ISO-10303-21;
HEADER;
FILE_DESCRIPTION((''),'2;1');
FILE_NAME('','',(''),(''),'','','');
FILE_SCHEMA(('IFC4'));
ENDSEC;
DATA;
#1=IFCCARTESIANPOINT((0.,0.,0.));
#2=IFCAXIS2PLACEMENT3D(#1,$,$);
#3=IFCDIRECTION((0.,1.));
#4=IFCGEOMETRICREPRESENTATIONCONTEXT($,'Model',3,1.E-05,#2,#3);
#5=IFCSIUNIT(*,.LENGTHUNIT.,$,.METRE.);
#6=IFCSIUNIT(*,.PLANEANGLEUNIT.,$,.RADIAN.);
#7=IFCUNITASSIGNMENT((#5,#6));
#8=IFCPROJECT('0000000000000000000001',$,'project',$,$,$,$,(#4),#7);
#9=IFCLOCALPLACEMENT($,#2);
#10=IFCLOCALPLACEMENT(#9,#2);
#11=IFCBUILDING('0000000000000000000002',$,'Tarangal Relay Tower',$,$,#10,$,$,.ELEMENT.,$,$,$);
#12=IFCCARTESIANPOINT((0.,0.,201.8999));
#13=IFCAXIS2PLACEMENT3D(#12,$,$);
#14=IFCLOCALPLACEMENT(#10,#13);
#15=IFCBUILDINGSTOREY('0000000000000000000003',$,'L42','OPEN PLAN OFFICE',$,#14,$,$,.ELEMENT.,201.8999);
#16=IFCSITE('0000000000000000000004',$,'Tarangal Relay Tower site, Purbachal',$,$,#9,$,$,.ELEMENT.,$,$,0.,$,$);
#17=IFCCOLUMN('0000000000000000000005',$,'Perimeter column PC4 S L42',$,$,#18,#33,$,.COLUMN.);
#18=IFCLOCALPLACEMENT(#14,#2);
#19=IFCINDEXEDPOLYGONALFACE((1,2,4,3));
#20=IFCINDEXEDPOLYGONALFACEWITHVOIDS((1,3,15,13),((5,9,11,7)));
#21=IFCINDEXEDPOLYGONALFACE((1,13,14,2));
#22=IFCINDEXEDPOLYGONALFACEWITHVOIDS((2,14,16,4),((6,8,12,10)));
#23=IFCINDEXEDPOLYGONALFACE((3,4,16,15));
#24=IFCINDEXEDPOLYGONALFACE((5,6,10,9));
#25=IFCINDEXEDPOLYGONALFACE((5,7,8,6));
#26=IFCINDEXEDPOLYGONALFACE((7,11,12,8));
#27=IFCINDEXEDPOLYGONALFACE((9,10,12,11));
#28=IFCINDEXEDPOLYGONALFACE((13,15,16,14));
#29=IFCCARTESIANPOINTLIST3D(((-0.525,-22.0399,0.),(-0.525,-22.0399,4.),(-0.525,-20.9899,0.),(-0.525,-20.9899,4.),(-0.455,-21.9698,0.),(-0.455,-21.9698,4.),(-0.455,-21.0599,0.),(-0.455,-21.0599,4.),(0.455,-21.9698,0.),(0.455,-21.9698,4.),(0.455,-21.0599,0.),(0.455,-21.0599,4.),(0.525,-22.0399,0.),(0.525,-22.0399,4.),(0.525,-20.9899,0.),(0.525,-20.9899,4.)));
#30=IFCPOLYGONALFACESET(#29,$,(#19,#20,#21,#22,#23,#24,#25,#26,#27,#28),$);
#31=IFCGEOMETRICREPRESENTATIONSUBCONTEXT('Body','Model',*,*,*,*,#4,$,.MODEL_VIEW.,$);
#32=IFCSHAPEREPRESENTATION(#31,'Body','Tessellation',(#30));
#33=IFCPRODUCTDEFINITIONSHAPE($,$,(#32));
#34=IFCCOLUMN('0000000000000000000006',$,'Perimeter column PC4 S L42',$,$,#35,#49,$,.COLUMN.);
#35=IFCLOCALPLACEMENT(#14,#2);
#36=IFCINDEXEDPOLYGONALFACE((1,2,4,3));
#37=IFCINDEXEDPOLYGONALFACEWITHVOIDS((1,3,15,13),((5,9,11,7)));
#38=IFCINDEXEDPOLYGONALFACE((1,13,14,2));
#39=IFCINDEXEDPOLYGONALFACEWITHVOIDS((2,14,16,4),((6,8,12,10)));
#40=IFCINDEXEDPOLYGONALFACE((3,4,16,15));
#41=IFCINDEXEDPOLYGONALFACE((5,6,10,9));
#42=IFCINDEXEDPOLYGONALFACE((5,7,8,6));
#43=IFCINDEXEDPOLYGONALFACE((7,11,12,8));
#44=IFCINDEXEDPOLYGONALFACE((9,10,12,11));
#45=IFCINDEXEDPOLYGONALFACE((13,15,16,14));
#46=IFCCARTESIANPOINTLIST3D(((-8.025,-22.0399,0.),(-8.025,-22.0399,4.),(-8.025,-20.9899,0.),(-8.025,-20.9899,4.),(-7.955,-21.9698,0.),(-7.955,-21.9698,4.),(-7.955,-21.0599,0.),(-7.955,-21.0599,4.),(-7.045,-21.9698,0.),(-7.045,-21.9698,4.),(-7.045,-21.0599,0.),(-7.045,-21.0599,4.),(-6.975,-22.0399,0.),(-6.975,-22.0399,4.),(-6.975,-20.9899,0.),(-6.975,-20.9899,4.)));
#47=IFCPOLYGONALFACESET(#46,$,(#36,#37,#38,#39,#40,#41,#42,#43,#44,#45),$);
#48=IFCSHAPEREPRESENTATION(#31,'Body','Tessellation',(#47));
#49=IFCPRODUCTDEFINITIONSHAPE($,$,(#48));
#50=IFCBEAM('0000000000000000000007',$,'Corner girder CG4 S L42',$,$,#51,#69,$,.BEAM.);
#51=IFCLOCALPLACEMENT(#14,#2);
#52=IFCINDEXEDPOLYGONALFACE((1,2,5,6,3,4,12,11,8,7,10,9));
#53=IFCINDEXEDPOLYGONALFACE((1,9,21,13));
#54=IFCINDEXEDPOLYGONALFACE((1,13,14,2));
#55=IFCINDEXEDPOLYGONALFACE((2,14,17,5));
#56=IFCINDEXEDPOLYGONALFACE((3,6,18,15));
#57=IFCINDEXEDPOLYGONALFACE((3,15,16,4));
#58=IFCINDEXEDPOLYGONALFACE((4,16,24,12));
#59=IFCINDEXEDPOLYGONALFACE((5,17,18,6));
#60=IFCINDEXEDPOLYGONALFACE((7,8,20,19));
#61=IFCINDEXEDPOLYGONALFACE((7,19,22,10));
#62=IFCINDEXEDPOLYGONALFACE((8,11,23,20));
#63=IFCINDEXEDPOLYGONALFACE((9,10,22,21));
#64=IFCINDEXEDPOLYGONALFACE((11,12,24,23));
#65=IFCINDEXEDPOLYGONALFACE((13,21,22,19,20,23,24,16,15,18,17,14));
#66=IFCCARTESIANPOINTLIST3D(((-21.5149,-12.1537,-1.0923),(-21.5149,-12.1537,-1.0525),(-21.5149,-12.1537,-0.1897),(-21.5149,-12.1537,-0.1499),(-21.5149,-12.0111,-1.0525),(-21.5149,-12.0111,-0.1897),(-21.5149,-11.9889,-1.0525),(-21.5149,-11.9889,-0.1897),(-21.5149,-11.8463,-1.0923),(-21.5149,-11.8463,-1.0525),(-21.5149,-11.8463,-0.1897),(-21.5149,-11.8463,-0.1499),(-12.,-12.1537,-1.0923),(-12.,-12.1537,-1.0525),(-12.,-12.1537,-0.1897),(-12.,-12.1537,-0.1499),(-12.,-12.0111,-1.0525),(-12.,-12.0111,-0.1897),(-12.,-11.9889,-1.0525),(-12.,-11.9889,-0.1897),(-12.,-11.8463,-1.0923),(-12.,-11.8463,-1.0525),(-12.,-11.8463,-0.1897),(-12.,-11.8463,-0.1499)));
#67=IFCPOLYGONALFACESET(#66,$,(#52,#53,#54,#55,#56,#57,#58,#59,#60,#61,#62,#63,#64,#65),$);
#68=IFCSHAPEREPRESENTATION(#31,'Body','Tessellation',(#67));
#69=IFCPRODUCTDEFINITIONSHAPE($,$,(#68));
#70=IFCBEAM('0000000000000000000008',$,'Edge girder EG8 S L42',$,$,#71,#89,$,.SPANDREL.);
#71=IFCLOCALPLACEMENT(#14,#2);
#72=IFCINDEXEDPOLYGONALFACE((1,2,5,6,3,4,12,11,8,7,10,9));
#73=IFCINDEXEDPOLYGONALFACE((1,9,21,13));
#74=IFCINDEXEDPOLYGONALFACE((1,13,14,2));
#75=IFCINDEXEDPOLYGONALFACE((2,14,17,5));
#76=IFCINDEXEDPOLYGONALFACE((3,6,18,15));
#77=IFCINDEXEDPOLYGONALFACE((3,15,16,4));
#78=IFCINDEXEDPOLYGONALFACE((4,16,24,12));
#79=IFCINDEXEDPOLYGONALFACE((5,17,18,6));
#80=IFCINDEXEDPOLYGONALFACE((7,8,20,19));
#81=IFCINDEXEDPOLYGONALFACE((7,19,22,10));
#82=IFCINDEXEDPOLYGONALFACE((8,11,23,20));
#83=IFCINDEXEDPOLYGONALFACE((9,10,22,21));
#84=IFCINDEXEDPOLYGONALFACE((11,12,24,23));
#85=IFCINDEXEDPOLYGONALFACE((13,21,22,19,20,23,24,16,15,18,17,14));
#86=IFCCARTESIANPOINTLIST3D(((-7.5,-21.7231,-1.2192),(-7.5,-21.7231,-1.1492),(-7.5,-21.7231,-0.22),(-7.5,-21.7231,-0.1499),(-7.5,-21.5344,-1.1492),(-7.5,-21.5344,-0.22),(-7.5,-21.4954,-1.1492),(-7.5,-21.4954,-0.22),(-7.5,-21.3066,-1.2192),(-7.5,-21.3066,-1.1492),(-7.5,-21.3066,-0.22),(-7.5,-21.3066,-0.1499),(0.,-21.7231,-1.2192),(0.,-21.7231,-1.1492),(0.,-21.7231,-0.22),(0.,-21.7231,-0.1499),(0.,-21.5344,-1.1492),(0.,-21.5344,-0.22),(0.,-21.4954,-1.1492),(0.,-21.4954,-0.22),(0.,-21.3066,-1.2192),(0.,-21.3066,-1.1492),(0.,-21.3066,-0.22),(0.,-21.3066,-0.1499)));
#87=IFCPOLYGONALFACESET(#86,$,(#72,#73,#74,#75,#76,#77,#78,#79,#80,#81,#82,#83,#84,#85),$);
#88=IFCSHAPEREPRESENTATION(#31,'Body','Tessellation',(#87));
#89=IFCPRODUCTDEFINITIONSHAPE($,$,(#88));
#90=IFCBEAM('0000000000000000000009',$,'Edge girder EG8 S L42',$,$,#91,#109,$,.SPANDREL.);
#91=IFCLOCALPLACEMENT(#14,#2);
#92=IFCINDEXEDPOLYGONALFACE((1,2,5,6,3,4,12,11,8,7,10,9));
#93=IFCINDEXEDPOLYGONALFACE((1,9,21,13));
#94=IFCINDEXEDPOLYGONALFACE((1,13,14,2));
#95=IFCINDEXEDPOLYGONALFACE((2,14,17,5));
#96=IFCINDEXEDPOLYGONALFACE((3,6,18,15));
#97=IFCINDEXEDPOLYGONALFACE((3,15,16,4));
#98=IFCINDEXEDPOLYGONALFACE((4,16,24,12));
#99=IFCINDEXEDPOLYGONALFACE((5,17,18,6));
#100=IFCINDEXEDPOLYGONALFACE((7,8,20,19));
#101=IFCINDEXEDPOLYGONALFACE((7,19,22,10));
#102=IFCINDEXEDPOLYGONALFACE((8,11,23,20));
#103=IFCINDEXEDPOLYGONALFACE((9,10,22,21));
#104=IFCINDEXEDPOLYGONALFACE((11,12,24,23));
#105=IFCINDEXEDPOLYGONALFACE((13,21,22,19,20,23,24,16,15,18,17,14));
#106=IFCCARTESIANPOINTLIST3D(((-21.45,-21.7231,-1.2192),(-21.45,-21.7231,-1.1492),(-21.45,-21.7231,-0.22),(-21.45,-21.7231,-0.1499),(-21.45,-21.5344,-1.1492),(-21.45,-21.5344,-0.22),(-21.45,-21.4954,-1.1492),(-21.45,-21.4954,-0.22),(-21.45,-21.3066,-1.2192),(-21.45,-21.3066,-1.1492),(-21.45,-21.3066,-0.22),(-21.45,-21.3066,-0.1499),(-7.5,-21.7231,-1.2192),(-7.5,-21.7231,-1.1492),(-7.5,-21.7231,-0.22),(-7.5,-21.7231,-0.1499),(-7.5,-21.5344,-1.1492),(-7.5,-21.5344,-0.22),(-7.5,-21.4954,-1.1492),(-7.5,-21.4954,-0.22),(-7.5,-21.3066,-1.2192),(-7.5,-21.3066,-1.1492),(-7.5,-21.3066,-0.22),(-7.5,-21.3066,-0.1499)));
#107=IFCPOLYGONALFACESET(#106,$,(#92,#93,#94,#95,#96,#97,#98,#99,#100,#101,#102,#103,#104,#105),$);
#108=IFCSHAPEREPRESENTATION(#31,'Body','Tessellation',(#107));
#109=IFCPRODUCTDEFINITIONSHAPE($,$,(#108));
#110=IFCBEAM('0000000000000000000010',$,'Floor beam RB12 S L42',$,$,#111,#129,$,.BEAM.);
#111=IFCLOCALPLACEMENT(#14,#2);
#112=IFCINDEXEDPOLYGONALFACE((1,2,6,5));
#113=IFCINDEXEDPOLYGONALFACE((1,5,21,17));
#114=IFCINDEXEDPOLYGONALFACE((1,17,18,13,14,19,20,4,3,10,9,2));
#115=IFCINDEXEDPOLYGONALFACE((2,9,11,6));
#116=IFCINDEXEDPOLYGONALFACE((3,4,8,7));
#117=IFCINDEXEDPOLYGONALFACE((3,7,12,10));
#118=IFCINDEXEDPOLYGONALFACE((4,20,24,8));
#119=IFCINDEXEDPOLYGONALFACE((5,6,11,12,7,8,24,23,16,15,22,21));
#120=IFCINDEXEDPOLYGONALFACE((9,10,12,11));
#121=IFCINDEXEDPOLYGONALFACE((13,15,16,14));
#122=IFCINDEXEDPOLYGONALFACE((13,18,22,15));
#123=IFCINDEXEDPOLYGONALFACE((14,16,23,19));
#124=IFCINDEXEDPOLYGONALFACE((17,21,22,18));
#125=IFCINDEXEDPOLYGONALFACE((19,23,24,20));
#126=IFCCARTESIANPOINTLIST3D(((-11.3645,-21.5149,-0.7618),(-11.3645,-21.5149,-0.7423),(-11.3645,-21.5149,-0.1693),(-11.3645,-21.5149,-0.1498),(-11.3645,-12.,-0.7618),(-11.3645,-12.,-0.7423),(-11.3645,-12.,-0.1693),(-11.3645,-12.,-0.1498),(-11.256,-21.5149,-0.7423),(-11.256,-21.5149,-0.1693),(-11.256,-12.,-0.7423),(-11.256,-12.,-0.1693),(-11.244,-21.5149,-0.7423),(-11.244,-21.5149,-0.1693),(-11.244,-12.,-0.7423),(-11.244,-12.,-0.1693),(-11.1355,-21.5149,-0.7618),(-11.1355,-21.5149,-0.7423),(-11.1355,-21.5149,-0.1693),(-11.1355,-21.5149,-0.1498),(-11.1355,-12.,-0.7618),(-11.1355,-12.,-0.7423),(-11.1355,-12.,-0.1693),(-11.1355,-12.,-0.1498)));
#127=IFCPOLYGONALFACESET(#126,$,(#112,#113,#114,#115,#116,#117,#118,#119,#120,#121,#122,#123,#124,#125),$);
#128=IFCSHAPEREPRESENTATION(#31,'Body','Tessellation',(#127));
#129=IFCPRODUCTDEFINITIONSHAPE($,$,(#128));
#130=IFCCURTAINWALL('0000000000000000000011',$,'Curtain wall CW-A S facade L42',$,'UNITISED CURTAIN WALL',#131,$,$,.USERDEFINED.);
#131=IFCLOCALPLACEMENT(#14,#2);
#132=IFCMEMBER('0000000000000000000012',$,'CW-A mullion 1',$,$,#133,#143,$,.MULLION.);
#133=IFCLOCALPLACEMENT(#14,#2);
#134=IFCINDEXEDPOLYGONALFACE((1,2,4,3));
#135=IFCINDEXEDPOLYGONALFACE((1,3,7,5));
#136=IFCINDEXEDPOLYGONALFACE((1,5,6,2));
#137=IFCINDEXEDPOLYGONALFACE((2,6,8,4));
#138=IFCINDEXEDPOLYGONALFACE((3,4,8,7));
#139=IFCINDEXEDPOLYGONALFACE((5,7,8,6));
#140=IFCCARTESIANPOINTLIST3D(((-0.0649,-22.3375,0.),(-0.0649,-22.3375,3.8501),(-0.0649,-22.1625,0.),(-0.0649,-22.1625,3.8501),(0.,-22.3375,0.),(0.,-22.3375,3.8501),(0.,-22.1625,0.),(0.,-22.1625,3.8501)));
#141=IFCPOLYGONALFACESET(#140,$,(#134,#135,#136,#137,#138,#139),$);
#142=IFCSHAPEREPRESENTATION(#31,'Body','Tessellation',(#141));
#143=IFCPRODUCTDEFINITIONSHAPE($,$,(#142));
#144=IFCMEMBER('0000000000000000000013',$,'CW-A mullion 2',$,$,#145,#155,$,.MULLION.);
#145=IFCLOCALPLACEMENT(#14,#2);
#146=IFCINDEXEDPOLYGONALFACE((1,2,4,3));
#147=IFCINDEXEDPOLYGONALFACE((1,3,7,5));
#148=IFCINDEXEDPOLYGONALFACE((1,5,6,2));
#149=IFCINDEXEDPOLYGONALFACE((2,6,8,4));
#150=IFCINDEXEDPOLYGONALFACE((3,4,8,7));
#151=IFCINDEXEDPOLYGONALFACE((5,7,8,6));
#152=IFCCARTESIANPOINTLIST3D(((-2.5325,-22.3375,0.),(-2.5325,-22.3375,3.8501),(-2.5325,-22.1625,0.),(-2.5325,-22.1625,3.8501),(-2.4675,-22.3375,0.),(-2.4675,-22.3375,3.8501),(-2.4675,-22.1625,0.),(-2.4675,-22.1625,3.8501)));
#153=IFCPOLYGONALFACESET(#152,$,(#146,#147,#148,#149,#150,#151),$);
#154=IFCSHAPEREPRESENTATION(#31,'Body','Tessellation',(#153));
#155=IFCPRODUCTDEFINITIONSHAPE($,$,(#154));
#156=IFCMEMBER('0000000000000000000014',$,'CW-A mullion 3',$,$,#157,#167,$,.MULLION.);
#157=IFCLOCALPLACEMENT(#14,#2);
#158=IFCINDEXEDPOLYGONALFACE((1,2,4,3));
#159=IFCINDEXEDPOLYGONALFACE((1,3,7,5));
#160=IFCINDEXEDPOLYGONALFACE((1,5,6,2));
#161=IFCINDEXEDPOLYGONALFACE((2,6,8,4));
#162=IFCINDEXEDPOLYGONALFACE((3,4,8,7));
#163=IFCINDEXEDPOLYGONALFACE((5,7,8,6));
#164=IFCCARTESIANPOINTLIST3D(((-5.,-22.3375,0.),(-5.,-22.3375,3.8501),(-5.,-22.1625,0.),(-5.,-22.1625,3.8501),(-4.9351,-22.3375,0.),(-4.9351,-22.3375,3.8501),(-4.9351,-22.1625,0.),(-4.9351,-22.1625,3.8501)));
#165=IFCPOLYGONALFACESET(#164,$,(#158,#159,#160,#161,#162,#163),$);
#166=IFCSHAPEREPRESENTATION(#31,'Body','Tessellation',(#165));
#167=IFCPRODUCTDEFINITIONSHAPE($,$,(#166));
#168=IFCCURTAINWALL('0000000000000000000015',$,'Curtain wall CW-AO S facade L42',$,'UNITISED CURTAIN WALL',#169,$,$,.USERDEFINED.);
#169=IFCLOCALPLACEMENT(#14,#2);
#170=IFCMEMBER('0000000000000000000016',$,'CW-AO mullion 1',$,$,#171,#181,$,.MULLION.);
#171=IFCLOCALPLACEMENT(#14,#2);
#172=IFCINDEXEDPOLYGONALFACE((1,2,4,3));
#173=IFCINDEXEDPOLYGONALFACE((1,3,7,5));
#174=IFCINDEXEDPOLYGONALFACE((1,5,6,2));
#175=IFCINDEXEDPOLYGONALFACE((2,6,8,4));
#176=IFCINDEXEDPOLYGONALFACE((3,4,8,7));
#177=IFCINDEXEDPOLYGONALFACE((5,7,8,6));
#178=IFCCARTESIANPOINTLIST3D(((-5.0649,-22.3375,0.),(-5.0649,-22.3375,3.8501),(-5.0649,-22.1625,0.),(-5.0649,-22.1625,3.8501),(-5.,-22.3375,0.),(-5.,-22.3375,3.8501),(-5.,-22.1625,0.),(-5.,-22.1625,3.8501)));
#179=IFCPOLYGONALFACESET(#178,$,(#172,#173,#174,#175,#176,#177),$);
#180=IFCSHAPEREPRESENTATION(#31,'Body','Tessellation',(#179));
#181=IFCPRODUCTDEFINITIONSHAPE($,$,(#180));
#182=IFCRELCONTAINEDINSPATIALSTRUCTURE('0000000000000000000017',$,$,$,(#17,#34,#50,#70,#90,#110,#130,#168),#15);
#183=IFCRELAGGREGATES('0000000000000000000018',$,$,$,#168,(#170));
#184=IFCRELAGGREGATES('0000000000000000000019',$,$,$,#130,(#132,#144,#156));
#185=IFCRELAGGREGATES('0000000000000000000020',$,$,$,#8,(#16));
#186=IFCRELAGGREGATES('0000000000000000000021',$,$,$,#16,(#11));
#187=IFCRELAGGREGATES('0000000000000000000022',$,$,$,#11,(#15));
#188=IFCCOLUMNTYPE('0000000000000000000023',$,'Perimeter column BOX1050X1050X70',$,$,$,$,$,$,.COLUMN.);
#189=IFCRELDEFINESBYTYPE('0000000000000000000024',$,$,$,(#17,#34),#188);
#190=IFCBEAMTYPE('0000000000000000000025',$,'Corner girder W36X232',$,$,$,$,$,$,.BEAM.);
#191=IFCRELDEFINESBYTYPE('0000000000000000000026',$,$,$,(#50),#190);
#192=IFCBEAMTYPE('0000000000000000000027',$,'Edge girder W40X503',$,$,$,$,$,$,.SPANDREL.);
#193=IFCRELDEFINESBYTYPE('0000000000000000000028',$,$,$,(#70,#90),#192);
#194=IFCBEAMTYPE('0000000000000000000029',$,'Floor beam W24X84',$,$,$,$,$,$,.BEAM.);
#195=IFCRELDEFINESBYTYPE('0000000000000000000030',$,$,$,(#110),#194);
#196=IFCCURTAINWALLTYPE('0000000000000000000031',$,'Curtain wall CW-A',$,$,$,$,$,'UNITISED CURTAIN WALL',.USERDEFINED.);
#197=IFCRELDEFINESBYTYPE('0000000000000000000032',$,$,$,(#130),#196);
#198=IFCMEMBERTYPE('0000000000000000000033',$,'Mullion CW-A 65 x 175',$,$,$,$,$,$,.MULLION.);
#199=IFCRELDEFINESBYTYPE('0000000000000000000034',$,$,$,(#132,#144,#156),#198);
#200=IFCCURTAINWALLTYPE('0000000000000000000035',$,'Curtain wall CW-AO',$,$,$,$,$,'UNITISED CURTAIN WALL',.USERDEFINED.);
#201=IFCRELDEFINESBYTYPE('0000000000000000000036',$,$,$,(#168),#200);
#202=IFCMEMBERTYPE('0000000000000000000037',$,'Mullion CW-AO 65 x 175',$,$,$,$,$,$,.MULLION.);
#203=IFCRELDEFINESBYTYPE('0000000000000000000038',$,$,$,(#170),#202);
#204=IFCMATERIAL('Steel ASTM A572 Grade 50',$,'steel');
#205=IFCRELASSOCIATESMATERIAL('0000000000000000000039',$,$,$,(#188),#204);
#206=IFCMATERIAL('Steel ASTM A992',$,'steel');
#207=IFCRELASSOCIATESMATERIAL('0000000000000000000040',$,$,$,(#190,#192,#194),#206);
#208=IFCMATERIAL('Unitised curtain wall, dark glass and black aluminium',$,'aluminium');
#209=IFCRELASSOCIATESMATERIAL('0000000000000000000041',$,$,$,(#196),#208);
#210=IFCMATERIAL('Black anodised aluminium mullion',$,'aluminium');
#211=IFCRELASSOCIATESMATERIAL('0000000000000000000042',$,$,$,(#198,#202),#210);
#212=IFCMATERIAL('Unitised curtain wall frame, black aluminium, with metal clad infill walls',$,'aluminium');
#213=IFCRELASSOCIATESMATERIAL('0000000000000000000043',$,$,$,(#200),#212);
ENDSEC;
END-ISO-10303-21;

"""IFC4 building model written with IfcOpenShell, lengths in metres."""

from ifc_helpers import new_model, si_unit, direction, frame, origin, origin_2d, place, context, subcontext, project, spatial, rectangle, hollow_rectangle, i_section, extrude, material, material_profile, profile_set, type_object, element, aggregate, save


model = new_model("IFC4")

# Units and contexts
model_context = context("Model", 3, precision=1e-05, world=origin(), true_north=direction((0.0, 1.0)))
body_context = subcontext(model_context, "Body", "Model", "MODEL_VIEW")
ifc_project = project(units=[si_unit("LENGTHUNIT", "METRE"), si_unit("PLANEANGLEUNIT", "RADIAN")], contexts=[model_context])

# Site, building, storey
site_placement = place(None, origin())
site = spatial("IfcSite", under=ifc_project, at=site_placement, Name="Tarangal Relay Tower site, Purbachal", CompositionType="ELEMENT", RefElevation=0.0)
building_placement = place(site_placement, origin())
building = spatial("IfcBuilding", under=site, at=building_placement, Name="Tarangal Relay Tower", CompositionType="ELEMENT")
storey_placement = place(building_placement, frame((0.0, 0.0, 201.8999)))
storey = spatial("IfcBuildingStorey", under=building, at=storey_placement, Name="L42", Description="OPEN PLAN OFFICE", CompositionType="ELEMENT", Elevation=201.8999)

# Columns
ifc_material_1 = material(Name="Steel ASTM A572 Grade 50", Category="steel")
ifc_material_profile_1 = material_profile(ifc_material_1, hollow_rectangle(XDim=1.05, YDim=1.05, WallThickness=0.0701, at=origin_2d()), Name="BOX1050X1050X70")
ifc_profile_set_1 = profile_set([ifc_material_profile_1], Name="Steel ASTM A572 Grade 50")
column_type = type_object("IfcColumnType", Name="Perimeter column BOX1050X1050X70", PredefinedType="COLUMN", material=ifc_profile_set_1)
for number, where, z_axis, x_axis, name in (
    (1, (0.0, -21.5149, 0.0), (0.0, 0.0, 1.0), (1.0, 0.0, 0.0), "Perimeter column PC4 S L42"),
    (2, (-7.5, -21.5149, 0.0), (0.0, 0.0, 1.0), (1.0, 0.0, 0.0), "Perimeter column PC4 S L42"),
):
    element("IfcColumn", number, at=place(storey_placement, frame(where, z_axis=z_axis, x_axis=x_axis)), inside=storey, type_object=column_type, Name=name, PredefinedType="COLUMN", context=body_context, shape_type="SweptSolid", body=[
        extrude(hollow_rectangle(XDim=1.05, YDim=1.05, WallThickness=0.0701, at=origin_2d()), origin(), (0.0, 0.0, 1.0), 4.0),
    ])

# Beams
ifc_material_2 = material(Name="Steel ASTM A992", Category="steel")
ifc_material_profile_2 = material_profile(ifc_material_2, i_section(OverallWidth=0.3074, OverallDepth=0.9424, WebThickness=0.0222, FlangeThickness=0.0398, at=origin_2d()), Name="W36X232")
ifc_profile_set_2 = profile_set([ifc_material_profile_2], Name="Steel ASTM A992")
beam_type_1 = type_object("IfcBeamType", Name="Corner girder W36X232", PredefinedType="BEAM", material=ifc_profile_set_2)
beam_1_placement = place(storey_placement, frame((-12.0, -12.0, -0.6211), z_axis=(-1.0, 0.0, 0.0), x_axis=(0.0, -1.0, 0.0)))
element("IfcBeam", 3, at=beam_1_placement, inside=storey, type_object=beam_type_1, Name="Corner girder CG4 S L42", PredefinedType="BEAM", context=body_context, shape_type="SweptSolid", body=[
    extrude(i_section(OverallWidth=0.3074, OverallDepth=0.9424, WebThickness=0.0222, FlangeThickness=0.0398, at=origin_2d()), origin(), (0.0, 0.0, 1.0), 9.5149),
])
ifc_material_profile_3 = material_profile(ifc_material_2, i_section(OverallWidth=0.4165, OverallDepth=1.0693, WebThickness=0.0391, FlangeThickness=0.0701, at=origin_2d()), Name="W40X503")
ifc_profile_set_3 = profile_set([ifc_material_profile_3], Name="Steel ASTM A992")
beam_type_2 = type_object("IfcBeamType", Name="Edge girder W40X503", PredefinedType="SPANDREL", material=ifc_profile_set_3)
beam_2_placement = place(storey_placement, frame((0.0, -21.5149, -0.6846), z_axis=(-1.0, 0.0, 0.0), x_axis=(0.0, -1.0, 0.0)))
element("IfcBeam", 4, at=beam_2_placement, inside=storey, type_object=beam_type_2, Name="Edge girder EG8 S L42", PredefinedType="SPANDREL", context=body_context, shape_type="SweptSolid", body=[
    extrude(i_section(OverallWidth=0.4165, OverallDepth=1.0693, WebThickness=0.0391, FlangeThickness=0.0701, at=origin_2d()), origin(), (0.0, 0.0, 1.0), 7.5),
])
beam_3_placement = place(storey_placement, frame((-7.5, -21.5149, -0.6846), z_axis=(-1.0, 0.0, 0.0), x_axis=(0.0, -1.0, 0.0)))
element("IfcBeam", 5, at=beam_3_placement, inside=storey, type_object=beam_type_2, Name="Edge girder EG8 S L42", PredefinedType="SPANDREL", context=body_context, shape_type="SweptSolid", body=[
    extrude(i_section(OverallWidth=0.4165, OverallDepth=1.0693, WebThickness=0.0391, FlangeThickness=0.0701, at=origin_2d()), origin(), (0.0, 0.0, 1.0), 13.95),
])
ifc_material_profile_4 = material_profile(ifc_material_2, i_section(OverallWidth=0.229, OverallDepth=0.6121, WebThickness=0.012, FlangeThickness=0.0195, at=origin_2d()), Name="W24X84")
ifc_profile_set_4 = profile_set([ifc_material_profile_4], Name="Steel ASTM A992")
beam_type_3 = type_object("IfcBeamType", Name="Floor beam W24X84", PredefinedType="BEAM", material=ifc_profile_set_4)
beam_4_placement = place(storey_placement, frame((-11.25, -12.0, -0.4558), z_axis=(0.0, -1.0, 0.0), x_axis=(1.0, 0.0, 0.0)))
element("IfcBeam", 6, at=beam_4_placement, inside=storey, type_object=beam_type_3, Name="Floor beam RB12 S L42", PredefinedType="BEAM", context=body_context, shape_type="SweptSolid", body=[
    extrude(i_section(OverallWidth=0.229, OverallDepth=0.6121, WebThickness=0.012, FlangeThickness=0.0195, at=origin_2d()), origin(), (0.0, 0.0, 1.0), 9.5149),
])

# Curtain walls, members
ifc_material_3 = material(Name="Unitised curtain wall, dark glass and black aluminium", Category="aluminium")
curtain_wall_type_1 = type_object("IfcCurtainWallType", Name="Curtain wall CW-A", ElementType="UNITISED CURTAIN WALL", PredefinedType="USERDEFINED", material=ifc_material_3)
curtain_wall_1_placement = place(storey_placement, origin())
curtain_wall_1 = element("IfcCurtainWall", 7, at=curtain_wall_1_placement, inside=storey, type_object=curtain_wall_type_1, Name="Curtain wall CW-A S facade L42", ObjectType="UNITISED CURTAIN WALL", PredefinedType="USERDEFINED")
ifc_material_4 = material(Name="Black anodised aluminium mullion", Category="aluminium")
ifc_material_profile_5 = material_profile(ifc_material_4, rectangle(XDim=0.175, YDim=0.0649, at=origin_2d()), Name="CW-AM 65X175")
ifc_profile_set_5 = profile_set([ifc_material_profile_5], Name="Black anodised aluminium mullion")
member_type_1 = type_object("IfcMemberType", Name="Mullion CW-A 65 x 175", PredefinedType="MULLION", material=ifc_profile_set_5)
member_1_placement = place(storey_placement, frame((-0.0325, -22.25, 0.0), z_axis=(0.0, 0.0, 1.0), x_axis=(0.0, -1.0, 0.0)))
member_1 = element("IfcMember", 8, at=member_1_placement, type_object=member_type_1, Name="CW-A mullion 1", PredefinedType="MULLION", context=body_context, shape_type="SweptSolid", body=[
    extrude(rectangle(XDim=0.175, YDim=0.0649, at=origin_2d()), origin(), (0.0, 0.0, 1.0), 3.8501),
])
member_2_placement = place(storey_placement, frame((-2.5, -22.25, 0.0), z_axis=(0.0, 0.0, 1.0), x_axis=(0.0, -1.0, 0.0)))
member_2 = element("IfcMember", 9, at=member_2_placement, type_object=member_type_1, Name="CW-A mullion 2", PredefinedType="MULLION", context=body_context, shape_type="SweptSolid", body=[
    extrude(rectangle(XDim=0.175, YDim=0.0649, at=origin_2d()), origin(), (0.0, 0.0, 1.0), 3.8501),
])
member_3_placement = place(storey_placement, frame((-4.9675, -22.25, 0.0), z_axis=(0.0, 0.0, 1.0), x_axis=(0.0, -1.0, 0.0)))
member_3 = element("IfcMember", 10, at=member_3_placement, type_object=member_type_1, Name="CW-A mullion 3", PredefinedType="MULLION", context=body_context, shape_type="SweptSolid", body=[
    extrude(rectangle(XDim=0.175, YDim=0.0649, at=origin_2d()), origin(), (0.0, 0.0, 1.0), 3.8501),
])
ifc_material_5 = material(Name="Unitised curtain wall frame, black aluminium, with metal clad infill walls", Category="aluminium")
curtain_wall_type_2 = type_object("IfcCurtainWallType", Name="Curtain wall CW-AO", ElementType="UNITISED CURTAIN WALL", PredefinedType="USERDEFINED", material=ifc_material_5)
curtain_wall_2_placement = place(storey_placement, origin())
curtain_wall_2 = element("IfcCurtainWall", 11, at=curtain_wall_2_placement, inside=storey, type_object=curtain_wall_type_2, Name="Curtain wall CW-AO S facade L42", ObjectType="UNITISED CURTAIN WALL", PredefinedType="USERDEFINED")
ifc_material_profile_6 = material_profile(ifc_material_4, rectangle(XDim=0.175, YDim=0.0649, at=origin_2d()), Name="CW-AOM 65X175")
ifc_profile_set_6 = profile_set([ifc_material_profile_6], Name="Black anodised aluminium mullion")
member_type_2 = type_object("IfcMemberType", Name="Mullion CW-AO 65 x 175", PredefinedType="MULLION", material=ifc_profile_set_6)
member_4_placement = place(storey_placement, frame((-5.0325, -22.25, 0.0), z_axis=(0.0, 0.0, 1.0), x_axis=(0.0, -1.0, 0.0)))
member_4 = element("IfcMember", 12, at=member_4_placement, type_object=member_type_2, Name="CW-AO mullion 1", PredefinedType="MULLION", context=body_context, shape_type="SweptSolid", body=[
    extrude(rectangle(XDim=0.175, YDim=0.0649, at=origin_2d()), origin(), (0.0, 0.0, 1.0), 3.8501),
])

aggregate(curtain_wall_2, [member_4])

aggregate(curtain_wall_1, [member_1, member_2, member_3])

save(model, "model.ifc")
